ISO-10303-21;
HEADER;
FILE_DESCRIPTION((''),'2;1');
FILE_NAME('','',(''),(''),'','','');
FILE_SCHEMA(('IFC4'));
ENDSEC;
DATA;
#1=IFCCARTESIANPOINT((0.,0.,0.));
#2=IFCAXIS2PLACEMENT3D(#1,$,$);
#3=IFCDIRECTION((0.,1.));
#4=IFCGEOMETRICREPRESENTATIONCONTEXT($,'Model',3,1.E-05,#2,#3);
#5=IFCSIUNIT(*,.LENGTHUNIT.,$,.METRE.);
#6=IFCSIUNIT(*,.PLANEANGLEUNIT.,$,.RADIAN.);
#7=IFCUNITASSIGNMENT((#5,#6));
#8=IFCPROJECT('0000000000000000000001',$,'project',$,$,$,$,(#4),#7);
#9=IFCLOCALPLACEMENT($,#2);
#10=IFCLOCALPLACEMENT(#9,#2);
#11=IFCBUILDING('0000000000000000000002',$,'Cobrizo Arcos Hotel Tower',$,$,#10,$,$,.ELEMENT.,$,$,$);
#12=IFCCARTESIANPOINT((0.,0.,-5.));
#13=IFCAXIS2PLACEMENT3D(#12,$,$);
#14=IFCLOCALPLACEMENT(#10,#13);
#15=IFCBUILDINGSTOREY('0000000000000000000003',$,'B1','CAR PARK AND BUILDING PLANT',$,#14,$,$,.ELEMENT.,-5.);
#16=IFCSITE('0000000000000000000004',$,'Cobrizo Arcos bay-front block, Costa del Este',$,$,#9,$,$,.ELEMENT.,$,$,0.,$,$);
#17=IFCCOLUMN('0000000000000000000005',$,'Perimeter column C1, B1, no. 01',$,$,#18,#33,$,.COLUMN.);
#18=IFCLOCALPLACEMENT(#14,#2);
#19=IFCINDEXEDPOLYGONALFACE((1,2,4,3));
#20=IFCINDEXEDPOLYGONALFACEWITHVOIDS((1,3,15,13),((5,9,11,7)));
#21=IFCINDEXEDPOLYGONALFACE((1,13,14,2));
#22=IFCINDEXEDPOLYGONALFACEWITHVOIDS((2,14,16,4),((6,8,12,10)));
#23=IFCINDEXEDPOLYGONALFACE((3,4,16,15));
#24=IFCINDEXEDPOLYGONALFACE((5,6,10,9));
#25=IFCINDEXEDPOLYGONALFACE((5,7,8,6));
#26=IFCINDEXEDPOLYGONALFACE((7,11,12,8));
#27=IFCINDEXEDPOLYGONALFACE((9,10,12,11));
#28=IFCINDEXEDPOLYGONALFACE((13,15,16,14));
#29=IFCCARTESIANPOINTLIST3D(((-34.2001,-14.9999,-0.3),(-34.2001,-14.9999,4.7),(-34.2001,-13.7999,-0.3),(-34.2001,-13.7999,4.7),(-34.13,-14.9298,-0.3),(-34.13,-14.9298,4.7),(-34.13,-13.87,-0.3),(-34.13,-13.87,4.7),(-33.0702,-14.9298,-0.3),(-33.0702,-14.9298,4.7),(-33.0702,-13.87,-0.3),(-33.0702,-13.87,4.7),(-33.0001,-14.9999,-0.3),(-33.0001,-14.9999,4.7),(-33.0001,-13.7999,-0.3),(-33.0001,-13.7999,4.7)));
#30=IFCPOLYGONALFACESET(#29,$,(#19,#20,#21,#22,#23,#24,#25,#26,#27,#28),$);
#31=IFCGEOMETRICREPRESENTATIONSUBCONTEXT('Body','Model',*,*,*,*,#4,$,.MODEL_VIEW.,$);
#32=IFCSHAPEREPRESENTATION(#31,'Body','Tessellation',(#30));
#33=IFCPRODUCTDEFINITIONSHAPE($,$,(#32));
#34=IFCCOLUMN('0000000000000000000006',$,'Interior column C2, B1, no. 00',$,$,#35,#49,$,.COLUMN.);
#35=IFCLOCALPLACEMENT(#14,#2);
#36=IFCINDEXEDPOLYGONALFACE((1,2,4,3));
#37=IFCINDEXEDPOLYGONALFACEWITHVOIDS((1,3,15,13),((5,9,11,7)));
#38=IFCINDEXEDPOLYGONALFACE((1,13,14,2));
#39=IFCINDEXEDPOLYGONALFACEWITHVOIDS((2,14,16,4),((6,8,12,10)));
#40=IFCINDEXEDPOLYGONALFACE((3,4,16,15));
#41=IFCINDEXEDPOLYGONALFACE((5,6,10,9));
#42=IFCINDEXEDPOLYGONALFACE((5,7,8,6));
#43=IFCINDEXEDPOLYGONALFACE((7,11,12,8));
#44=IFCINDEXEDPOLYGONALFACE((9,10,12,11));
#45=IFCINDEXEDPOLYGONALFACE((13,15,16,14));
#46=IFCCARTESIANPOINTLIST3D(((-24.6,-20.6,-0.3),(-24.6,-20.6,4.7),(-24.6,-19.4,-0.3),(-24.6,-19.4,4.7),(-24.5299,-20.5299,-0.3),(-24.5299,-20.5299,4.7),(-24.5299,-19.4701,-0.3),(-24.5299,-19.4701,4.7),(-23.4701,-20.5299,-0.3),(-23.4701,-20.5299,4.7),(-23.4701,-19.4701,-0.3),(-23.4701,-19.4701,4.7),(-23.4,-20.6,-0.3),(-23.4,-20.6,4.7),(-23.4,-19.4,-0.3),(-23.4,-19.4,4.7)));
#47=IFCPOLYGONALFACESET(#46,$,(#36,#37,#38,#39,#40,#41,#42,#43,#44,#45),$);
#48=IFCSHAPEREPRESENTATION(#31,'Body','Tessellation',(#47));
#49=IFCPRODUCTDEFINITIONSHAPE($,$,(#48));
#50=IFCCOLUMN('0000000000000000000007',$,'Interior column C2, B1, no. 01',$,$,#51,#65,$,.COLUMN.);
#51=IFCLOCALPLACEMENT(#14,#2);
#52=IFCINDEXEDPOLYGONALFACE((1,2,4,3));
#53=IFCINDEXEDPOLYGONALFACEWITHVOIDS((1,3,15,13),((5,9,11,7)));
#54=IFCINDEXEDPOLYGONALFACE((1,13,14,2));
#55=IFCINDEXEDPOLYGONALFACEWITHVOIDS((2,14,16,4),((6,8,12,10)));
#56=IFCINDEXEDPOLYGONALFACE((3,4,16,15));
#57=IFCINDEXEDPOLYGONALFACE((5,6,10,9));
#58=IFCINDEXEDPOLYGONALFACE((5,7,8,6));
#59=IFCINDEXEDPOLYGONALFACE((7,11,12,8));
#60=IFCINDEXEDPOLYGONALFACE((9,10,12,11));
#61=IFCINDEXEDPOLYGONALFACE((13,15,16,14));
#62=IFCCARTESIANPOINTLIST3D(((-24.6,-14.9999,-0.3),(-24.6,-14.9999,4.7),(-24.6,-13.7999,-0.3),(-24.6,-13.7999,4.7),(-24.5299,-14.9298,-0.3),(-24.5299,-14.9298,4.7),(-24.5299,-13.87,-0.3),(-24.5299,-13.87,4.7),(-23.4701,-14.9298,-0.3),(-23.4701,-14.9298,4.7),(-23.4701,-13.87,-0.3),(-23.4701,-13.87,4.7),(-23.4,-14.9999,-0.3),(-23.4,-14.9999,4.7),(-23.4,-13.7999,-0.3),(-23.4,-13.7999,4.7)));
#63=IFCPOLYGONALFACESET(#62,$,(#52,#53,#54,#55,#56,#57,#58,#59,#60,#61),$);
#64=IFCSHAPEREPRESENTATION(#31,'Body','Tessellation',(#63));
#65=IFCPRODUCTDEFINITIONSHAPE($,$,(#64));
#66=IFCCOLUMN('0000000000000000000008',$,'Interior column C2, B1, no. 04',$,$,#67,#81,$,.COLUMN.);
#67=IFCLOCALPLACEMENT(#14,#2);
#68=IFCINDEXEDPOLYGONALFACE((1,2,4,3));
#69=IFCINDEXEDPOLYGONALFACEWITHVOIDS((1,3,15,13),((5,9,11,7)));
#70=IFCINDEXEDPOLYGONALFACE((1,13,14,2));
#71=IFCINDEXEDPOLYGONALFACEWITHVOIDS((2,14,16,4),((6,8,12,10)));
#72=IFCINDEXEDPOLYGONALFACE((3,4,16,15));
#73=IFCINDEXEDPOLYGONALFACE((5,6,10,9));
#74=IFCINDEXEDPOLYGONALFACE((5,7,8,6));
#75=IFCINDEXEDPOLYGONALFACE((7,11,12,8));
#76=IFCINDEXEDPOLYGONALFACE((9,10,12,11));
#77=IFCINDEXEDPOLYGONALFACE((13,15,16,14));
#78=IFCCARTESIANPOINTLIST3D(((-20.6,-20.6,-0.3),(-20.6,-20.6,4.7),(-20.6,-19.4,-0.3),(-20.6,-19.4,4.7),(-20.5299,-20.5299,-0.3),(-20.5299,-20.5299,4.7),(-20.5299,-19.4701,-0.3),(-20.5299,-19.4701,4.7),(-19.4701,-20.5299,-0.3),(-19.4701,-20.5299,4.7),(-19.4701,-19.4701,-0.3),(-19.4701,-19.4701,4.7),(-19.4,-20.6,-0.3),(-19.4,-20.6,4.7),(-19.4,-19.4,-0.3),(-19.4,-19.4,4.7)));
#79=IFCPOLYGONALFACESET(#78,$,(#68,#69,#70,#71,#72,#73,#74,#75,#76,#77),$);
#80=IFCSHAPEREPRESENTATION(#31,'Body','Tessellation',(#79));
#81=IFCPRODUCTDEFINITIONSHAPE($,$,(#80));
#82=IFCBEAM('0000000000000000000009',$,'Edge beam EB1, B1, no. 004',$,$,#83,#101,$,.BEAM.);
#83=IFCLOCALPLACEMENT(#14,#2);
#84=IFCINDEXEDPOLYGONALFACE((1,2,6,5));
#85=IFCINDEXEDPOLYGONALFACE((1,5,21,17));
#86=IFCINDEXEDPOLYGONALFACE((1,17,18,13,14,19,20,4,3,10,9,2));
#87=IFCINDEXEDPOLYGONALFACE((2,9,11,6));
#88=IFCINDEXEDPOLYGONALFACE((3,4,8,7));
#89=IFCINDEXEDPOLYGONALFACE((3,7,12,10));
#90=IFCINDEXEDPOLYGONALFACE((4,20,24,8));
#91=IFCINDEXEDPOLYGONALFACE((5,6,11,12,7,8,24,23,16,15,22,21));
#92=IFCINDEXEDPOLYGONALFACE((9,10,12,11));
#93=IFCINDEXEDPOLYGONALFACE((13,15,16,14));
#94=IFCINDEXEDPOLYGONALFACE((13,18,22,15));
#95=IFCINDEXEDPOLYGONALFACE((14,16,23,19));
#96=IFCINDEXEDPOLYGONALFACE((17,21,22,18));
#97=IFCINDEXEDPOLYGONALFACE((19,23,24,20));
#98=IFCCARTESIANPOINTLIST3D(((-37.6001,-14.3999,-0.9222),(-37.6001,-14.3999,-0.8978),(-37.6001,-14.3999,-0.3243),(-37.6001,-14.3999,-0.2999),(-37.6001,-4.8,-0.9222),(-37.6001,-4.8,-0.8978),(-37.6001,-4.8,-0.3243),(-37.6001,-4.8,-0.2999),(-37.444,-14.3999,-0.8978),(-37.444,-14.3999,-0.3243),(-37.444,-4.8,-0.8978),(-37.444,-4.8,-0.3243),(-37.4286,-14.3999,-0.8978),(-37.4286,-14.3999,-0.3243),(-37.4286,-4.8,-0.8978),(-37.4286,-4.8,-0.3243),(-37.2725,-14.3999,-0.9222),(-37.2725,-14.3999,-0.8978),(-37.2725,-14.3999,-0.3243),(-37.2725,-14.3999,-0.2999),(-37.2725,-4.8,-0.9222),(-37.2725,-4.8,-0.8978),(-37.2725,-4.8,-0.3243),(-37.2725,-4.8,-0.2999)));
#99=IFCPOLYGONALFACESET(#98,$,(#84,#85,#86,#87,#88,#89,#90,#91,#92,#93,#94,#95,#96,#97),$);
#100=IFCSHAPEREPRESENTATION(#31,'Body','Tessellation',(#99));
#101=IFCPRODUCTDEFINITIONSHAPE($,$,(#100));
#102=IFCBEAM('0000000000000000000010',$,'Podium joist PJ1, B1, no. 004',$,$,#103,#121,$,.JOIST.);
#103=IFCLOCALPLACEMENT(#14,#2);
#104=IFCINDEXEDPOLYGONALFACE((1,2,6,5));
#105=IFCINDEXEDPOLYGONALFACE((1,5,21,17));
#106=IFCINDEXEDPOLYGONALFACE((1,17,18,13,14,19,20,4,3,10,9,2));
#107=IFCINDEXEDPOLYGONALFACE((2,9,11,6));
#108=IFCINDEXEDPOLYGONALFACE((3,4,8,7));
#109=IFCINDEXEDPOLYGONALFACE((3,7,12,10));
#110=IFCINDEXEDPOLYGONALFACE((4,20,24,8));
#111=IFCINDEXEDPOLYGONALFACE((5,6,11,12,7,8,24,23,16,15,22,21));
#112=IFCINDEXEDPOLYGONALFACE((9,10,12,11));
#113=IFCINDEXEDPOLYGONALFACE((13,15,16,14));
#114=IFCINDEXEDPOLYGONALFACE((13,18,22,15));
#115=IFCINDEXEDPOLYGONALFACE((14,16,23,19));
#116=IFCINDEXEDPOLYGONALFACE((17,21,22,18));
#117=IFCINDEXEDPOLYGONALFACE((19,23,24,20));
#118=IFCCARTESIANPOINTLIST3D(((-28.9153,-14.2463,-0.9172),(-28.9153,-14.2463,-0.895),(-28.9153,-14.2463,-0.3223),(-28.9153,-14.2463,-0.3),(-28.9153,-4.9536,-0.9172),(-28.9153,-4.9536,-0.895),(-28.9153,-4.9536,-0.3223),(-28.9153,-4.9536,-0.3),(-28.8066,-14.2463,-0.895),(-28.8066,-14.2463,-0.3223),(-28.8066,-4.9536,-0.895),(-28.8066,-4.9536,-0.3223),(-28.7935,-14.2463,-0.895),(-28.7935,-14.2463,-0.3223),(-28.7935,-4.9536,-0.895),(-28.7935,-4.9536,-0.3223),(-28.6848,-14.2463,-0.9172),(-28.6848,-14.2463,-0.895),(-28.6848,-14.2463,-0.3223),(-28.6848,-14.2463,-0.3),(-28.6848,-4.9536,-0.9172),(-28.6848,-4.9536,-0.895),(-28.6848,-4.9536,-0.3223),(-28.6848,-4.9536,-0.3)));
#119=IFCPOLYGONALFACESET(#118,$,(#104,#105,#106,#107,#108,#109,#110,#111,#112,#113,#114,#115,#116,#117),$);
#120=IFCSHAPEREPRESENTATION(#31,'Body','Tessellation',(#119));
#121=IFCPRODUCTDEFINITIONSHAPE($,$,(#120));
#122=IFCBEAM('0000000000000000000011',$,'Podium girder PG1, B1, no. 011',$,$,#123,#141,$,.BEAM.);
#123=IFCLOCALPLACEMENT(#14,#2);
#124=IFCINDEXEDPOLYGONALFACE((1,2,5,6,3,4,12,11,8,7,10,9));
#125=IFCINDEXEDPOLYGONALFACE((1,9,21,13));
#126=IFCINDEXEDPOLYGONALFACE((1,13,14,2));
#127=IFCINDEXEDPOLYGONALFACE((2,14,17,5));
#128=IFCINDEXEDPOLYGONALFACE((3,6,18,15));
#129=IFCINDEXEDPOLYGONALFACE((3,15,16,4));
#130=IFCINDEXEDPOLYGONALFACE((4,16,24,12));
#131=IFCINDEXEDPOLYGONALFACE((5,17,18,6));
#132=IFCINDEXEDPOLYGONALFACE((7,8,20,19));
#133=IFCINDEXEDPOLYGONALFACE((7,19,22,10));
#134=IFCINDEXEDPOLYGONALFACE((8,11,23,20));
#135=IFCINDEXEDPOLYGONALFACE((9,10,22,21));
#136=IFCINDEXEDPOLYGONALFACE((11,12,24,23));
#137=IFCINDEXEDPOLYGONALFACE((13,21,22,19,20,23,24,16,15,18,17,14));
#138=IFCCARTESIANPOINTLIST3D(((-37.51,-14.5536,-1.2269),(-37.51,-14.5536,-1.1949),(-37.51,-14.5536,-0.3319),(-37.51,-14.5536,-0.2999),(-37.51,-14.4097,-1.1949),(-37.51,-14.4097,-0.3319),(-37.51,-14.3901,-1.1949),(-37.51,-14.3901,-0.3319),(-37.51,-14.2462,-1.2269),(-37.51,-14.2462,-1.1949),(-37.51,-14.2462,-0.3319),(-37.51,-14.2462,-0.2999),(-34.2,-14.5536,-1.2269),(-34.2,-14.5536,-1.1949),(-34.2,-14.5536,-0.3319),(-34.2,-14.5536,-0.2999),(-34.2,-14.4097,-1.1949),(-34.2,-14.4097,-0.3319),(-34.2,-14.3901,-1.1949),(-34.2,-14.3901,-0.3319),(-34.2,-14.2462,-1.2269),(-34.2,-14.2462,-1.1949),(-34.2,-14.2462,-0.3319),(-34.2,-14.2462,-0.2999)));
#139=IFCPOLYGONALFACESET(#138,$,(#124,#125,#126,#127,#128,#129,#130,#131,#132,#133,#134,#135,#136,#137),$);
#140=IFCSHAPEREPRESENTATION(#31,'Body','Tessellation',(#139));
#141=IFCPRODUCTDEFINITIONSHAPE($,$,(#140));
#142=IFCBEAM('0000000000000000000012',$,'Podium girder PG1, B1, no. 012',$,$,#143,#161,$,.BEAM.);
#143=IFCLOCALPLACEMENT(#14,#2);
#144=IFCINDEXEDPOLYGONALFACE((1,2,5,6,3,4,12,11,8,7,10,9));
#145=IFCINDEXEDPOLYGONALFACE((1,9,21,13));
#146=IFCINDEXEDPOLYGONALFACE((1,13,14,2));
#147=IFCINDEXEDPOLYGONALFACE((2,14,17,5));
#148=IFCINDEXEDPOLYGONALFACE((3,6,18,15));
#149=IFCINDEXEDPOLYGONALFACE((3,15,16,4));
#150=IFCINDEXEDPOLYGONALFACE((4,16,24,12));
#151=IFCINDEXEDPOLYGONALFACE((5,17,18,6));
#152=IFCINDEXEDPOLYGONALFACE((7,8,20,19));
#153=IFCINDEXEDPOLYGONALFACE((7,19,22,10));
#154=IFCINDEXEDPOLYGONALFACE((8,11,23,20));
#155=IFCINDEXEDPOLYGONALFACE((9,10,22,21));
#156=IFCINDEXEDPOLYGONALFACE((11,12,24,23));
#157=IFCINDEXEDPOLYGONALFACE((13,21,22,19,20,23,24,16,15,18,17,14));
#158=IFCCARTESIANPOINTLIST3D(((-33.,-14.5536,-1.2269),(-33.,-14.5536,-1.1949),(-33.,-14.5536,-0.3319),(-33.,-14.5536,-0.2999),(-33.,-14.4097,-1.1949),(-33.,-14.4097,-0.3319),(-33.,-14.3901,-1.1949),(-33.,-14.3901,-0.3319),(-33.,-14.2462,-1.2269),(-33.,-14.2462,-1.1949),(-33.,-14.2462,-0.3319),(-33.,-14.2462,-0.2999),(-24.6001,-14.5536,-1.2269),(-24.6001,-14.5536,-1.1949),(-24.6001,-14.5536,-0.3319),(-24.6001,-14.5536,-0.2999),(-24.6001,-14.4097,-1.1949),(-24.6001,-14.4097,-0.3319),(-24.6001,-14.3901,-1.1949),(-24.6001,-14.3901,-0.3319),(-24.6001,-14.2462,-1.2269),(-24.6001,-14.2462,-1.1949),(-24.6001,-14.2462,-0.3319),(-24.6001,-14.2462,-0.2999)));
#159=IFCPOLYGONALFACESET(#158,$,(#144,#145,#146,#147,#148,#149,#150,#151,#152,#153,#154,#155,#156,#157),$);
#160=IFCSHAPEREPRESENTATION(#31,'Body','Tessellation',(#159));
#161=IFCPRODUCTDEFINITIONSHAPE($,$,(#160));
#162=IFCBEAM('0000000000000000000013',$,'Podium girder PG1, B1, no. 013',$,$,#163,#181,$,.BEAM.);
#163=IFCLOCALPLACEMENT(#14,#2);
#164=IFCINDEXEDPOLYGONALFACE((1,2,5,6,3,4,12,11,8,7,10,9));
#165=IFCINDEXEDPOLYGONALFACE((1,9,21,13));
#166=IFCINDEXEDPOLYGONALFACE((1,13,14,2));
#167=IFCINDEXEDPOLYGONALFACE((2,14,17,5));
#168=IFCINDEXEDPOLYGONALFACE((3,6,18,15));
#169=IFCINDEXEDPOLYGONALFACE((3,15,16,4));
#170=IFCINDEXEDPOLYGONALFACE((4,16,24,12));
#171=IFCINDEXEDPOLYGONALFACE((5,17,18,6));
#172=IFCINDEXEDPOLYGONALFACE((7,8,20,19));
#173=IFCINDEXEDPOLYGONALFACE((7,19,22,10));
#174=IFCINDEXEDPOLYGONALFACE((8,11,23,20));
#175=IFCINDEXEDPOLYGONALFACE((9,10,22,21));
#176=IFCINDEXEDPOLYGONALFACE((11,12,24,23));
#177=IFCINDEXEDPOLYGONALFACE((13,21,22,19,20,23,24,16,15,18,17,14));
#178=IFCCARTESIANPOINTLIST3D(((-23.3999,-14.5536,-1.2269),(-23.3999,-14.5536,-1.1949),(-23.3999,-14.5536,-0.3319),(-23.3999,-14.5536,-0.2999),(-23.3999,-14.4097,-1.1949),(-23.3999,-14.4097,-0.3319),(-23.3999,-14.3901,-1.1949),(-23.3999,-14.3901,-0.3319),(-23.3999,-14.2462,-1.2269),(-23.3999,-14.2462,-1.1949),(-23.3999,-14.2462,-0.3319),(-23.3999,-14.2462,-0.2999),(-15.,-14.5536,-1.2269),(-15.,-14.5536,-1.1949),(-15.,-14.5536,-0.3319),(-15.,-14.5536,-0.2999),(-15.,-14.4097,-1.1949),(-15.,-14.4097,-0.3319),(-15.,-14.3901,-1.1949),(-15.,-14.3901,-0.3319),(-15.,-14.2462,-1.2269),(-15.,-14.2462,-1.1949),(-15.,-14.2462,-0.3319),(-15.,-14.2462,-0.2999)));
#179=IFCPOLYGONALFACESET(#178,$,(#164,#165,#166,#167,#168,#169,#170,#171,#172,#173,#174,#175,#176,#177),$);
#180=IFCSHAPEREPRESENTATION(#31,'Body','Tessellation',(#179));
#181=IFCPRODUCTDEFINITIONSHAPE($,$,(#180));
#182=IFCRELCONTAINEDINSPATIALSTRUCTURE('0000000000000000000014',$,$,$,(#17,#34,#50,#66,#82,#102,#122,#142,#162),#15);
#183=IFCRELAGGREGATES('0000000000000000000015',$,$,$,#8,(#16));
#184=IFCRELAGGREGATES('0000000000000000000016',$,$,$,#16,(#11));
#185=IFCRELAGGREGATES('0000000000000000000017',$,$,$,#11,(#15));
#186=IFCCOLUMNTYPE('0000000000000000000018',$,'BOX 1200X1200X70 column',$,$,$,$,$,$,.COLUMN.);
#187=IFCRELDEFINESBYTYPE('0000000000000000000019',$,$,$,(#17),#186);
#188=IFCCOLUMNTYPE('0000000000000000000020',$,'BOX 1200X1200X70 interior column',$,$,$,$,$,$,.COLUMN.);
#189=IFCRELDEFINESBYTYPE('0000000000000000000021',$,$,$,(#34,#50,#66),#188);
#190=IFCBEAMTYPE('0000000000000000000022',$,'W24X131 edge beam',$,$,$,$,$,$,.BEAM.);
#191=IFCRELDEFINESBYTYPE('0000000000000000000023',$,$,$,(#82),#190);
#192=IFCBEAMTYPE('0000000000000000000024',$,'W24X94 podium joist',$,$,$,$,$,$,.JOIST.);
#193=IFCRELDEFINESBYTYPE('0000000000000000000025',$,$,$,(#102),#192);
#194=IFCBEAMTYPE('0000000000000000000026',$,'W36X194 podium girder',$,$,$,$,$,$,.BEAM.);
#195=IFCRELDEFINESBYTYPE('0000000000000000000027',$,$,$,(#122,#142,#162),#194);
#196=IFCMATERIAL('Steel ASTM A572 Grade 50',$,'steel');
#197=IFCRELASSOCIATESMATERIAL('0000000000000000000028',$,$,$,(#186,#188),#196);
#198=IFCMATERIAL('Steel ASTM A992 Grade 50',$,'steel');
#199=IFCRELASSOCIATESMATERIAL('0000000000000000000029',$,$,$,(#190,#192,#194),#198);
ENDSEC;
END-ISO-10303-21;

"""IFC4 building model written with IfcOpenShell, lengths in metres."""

from ifc_helpers import new_model, si_unit, direction, frame, origin, origin_2d, place, context, subcontext, project, spatial, hollow_rectangle, i_section, extrude, material, material_profile, profile_set, type_object, element, save


model = new_model("IFC4")

# Units and contexts
model_context = context("Model", 3, precision=1e-05, world=origin(), true_north=direction((0.0, 1.0)))
body_context = subcontext(model_context, "Body", "Model", "MODEL_VIEW")
ifc_project = project(units=[si_unit("LENGTHUNIT", "METRE"), si_unit("PLANEANGLEUNIT", "RADIAN")], contexts=[model_context])

# Site, building, storey
site_placement = place(None, origin())
site = spatial("IfcSite", under=ifc_project, at=site_placement, Name="Cobrizo Arcos bay-front block, Costa del Este", CompositionType="ELEMENT", RefElevation=0.0)
building_placement = place(site_placement, origin())
building = spatial("IfcBuilding", under=site, at=building_placement, Name="Cobrizo Arcos Hotel Tower", CompositionType="ELEMENT")
storey_placement = place(building_placement, frame((0.0, 0.0, -5.0)))
storey = spatial("IfcBuildingStorey", under=building, at=storey_placement, Name="B1", Description="CAR PARK AND BUILDING PLANT", CompositionType="ELEMENT", Elevation=-5.0)

# Columns
ifc_material_1 = material(Name="Steel ASTM A572 Grade 50", Category="steel")
ifc_material_profile_1 = material_profile(ifc_material_1, hollow_rectangle(XDim=1.2, YDim=1.2, WallThickness=0.0701, at=origin_2d()), Name="BOX 1200X1200X70")
ifc_profile_set_1 = profile_set([ifc_material_profile_1], Name="Steel ASTM A572 Grade 50")
column_type_1 = type_object("IfcColumnType", Name="BOX 1200X1200X70 column", PredefinedType="COLUMN", material=ifc_profile_set_1)
column_placement = place(storey_placement, frame((-33.6001, -14.3999, -0.3), z_axis=(0.0, 0.0, 1.0), x_axis=(1.0, 0.0, 0.0)))
element("IfcColumn", 1, at=column_placement, inside=storey, type_object=column_type_1, Name="Perimeter column C1, B1, no. 01", PredefinedType="COLUMN", context=body_context, shape_type="SweptSolid", body=[
    extrude(hollow_rectangle(XDim=1.2, YDim=1.2, WallThickness=0.0701, at=origin_2d()), origin(), (0.0, 0.0, 1.0), 5.0),
])
ifc_material_profile_2 = material_profile(ifc_material_1, hollow_rectangle(XDim=1.2, YDim=1.2, WallThickness=0.0701, at=origin_2d()), Name="BOX 1200X1200X70")
ifc_profile_set_2 = profile_set([ifc_material_profile_2], Name="Steel ASTM A572 Grade 50")
column_type_2 = type_object("IfcColumnType", Name="BOX 1200X1200X70 interior column", PredefinedType="COLUMN", material=ifc_profile_set_2)
for number, where, z_axis, x_axis, name in (
    (2, (-24.0, -20.0, -0.3), (0.0, 0.0, 1.0), (1.0, 0.0, 0.0), "Interior column C2, B1, no. 00"),
    (3, (-24.0, -14.3999, -0.3), (0.0, 0.0, 1.0), (1.0, 0.0, 0.0), "Interior column C2, B1, no. 01"),
    (4, (-20.0, -20.0, -0.3), (0.0, 0.0, 1.0), (1.0, 0.0, 0.0), "Interior column C2, B1, no. 04"),
):
    element("IfcColumn", number, at=place(storey_placement, frame(where, z_axis=z_axis, x_axis=x_axis)), inside=storey, type_object=column_type_2, Name=name, PredefinedType="COLUMN", context=body_context, shape_type="SweptSolid", body=[
        extrude(hollow_rectangle(XDim=1.2, YDim=1.2, WallThickness=0.0701, at=origin_2d()), origin(), (0.0, 0.0, 1.0), 5.0),
    ])

# Beams
ifc_material_2 = material(Name="Steel ASTM A992 Grade 50", Category="steel")
ifc_material_profile_3 = material_profile(ifc_material_2, i_section(OverallWidth=0.3276, OverallDepth=0.6223, WebThickness=0.0154, FlangeThickness=0.0244, at=origin_2d()), Name="W24X131")
ifc_profile_set_3 = profile_set([ifc_material_profile_3], Name="Steel ASTM A992 Grade 50")
beam_type_1 = type_object("IfcBeamType", Name="W24X131 edge beam", PredefinedType="BEAM", material=ifc_profile_set_3)
beam_1_placement = place(storey_placement, frame((-37.4363, -14.3999, -0.6111), z_axis=(0.0, 1.0, 0.0), x_axis=(-1.0, 0.0, 0.0)))
element("IfcBeam", 5, at=beam_1_placement, inside=storey, type_object=beam_type_1, Name="Edge beam EB1, B1, no. 004", PredefinedType="BEAM", context=body_context, shape_type="SweptSolid", body=[
    extrude(i_section(OverallWidth=0.3276, OverallDepth=0.6223, WebThickness=0.0154, FlangeThickness=0.0244, at=origin_2d()), origin(), (0.0, 0.0, 1.0), 9.5999),
])
ifc_material_profile_4 = material_profile(ifc_material_2, i_section(OverallWidth=0.2305, OverallDepth=0.6172, WebThickness=0.0132, FlangeThickness=0.0222, at=origin_2d()), Name="W24X94")
ifc_profile_set_4 = profile_set([ifc_material_profile_4], Name="Steel ASTM A992 Grade 50")
beam_type_2 = type_object("IfcBeamType", Name="W24X94 podium joist", PredefinedType="JOIST", material=ifc_profile_set_4)
beam_2_placement = place(storey_placement, frame((-28.8, -14.2463, -0.6086), z_axis=(0.0, 1.0, 0.0), x_axis=(-1.0, 0.0, 0.0)))
element("IfcBeam", 6, at=beam_2_placement, inside=storey, type_object=beam_type_2, Name="Podium joist PJ1, B1, no. 004", PredefinedType="JOIST", context=body_context, shape_type="SweptSolid", body=[
    extrude(i_section(OverallWidth=0.2305, OverallDepth=0.6172, WebThickness=0.0132, FlangeThickness=0.0222, at=origin_2d()), origin(), (0.0, 0.0, 1.0), 9.2927),
])
ifc_material_profile_5 = material_profile(ifc_material_2, i_section(OverallWidth=0.3074, OverallDepth=0.927, WebThickness=0.0195, FlangeThickness=0.032, at=origin_2d()), Name="W36X194")
ifc_profile_set_5 = profile_set([ifc_material_profile_5], Name="Steel ASTM A992 Grade 50")
beam_type_3 = type_object("IfcBeamType", Name="W36X194 podium girder", PredefinedType="BEAM", material=ifc_profile_set_5)
beam_3_placement = place(storey_placement, frame((-37.51, -14.3999, -0.7634), z_axis=(1.0, 0.0, 0.0), x_axis=(0.0, 1.0, 0.0)))
element("IfcBeam", 7, at=beam_3_placement, inside=storey, type_object=beam_type_3, Name="Podium girder PG1, B1, no. 011", PredefinedType="BEAM", context=body_context, shape_type="SweptSolid", body=[
    extrude(i_section(OverallWidth=0.3074, OverallDepth=0.927, WebThickness=0.0195, FlangeThickness=0.032, at=origin_2d()), origin(), (0.0, 0.0, 1.0), 3.3101),
])
for number, where, z_axis, x_axis, name in (
    (8, (-33.0, -14.3999, -0.7634), (1.0, 0.0, 0.0), (0.0, 1.0, 0.0), "Podium girder PG1, B1, no. 012"),
    (9, (-23.3999, -14.3999, -0.7634), (1.0, 0.0, 0.0), (0.0, 1.0, 0.0), "Podium girder PG1, B1, no. 013"),
):
    element("IfcBeam", number, at=place(storey_placement, frame(where, z_axis=z_axis, x_axis=x_axis)), inside=storey, type_object=beam_type_3, Name=name, PredefinedType="BEAM", context=body_context, shape_type="SweptSolid", body=[
        extrude(i_section(OverallWidth=0.3074, OverallDepth=0.927, WebThickness=0.0195, FlangeThickness=0.032, at=origin_2d()), origin(), (0.0, 0.0, 1.0), 8.3999),
    ])

save(model, "model.ifc")
